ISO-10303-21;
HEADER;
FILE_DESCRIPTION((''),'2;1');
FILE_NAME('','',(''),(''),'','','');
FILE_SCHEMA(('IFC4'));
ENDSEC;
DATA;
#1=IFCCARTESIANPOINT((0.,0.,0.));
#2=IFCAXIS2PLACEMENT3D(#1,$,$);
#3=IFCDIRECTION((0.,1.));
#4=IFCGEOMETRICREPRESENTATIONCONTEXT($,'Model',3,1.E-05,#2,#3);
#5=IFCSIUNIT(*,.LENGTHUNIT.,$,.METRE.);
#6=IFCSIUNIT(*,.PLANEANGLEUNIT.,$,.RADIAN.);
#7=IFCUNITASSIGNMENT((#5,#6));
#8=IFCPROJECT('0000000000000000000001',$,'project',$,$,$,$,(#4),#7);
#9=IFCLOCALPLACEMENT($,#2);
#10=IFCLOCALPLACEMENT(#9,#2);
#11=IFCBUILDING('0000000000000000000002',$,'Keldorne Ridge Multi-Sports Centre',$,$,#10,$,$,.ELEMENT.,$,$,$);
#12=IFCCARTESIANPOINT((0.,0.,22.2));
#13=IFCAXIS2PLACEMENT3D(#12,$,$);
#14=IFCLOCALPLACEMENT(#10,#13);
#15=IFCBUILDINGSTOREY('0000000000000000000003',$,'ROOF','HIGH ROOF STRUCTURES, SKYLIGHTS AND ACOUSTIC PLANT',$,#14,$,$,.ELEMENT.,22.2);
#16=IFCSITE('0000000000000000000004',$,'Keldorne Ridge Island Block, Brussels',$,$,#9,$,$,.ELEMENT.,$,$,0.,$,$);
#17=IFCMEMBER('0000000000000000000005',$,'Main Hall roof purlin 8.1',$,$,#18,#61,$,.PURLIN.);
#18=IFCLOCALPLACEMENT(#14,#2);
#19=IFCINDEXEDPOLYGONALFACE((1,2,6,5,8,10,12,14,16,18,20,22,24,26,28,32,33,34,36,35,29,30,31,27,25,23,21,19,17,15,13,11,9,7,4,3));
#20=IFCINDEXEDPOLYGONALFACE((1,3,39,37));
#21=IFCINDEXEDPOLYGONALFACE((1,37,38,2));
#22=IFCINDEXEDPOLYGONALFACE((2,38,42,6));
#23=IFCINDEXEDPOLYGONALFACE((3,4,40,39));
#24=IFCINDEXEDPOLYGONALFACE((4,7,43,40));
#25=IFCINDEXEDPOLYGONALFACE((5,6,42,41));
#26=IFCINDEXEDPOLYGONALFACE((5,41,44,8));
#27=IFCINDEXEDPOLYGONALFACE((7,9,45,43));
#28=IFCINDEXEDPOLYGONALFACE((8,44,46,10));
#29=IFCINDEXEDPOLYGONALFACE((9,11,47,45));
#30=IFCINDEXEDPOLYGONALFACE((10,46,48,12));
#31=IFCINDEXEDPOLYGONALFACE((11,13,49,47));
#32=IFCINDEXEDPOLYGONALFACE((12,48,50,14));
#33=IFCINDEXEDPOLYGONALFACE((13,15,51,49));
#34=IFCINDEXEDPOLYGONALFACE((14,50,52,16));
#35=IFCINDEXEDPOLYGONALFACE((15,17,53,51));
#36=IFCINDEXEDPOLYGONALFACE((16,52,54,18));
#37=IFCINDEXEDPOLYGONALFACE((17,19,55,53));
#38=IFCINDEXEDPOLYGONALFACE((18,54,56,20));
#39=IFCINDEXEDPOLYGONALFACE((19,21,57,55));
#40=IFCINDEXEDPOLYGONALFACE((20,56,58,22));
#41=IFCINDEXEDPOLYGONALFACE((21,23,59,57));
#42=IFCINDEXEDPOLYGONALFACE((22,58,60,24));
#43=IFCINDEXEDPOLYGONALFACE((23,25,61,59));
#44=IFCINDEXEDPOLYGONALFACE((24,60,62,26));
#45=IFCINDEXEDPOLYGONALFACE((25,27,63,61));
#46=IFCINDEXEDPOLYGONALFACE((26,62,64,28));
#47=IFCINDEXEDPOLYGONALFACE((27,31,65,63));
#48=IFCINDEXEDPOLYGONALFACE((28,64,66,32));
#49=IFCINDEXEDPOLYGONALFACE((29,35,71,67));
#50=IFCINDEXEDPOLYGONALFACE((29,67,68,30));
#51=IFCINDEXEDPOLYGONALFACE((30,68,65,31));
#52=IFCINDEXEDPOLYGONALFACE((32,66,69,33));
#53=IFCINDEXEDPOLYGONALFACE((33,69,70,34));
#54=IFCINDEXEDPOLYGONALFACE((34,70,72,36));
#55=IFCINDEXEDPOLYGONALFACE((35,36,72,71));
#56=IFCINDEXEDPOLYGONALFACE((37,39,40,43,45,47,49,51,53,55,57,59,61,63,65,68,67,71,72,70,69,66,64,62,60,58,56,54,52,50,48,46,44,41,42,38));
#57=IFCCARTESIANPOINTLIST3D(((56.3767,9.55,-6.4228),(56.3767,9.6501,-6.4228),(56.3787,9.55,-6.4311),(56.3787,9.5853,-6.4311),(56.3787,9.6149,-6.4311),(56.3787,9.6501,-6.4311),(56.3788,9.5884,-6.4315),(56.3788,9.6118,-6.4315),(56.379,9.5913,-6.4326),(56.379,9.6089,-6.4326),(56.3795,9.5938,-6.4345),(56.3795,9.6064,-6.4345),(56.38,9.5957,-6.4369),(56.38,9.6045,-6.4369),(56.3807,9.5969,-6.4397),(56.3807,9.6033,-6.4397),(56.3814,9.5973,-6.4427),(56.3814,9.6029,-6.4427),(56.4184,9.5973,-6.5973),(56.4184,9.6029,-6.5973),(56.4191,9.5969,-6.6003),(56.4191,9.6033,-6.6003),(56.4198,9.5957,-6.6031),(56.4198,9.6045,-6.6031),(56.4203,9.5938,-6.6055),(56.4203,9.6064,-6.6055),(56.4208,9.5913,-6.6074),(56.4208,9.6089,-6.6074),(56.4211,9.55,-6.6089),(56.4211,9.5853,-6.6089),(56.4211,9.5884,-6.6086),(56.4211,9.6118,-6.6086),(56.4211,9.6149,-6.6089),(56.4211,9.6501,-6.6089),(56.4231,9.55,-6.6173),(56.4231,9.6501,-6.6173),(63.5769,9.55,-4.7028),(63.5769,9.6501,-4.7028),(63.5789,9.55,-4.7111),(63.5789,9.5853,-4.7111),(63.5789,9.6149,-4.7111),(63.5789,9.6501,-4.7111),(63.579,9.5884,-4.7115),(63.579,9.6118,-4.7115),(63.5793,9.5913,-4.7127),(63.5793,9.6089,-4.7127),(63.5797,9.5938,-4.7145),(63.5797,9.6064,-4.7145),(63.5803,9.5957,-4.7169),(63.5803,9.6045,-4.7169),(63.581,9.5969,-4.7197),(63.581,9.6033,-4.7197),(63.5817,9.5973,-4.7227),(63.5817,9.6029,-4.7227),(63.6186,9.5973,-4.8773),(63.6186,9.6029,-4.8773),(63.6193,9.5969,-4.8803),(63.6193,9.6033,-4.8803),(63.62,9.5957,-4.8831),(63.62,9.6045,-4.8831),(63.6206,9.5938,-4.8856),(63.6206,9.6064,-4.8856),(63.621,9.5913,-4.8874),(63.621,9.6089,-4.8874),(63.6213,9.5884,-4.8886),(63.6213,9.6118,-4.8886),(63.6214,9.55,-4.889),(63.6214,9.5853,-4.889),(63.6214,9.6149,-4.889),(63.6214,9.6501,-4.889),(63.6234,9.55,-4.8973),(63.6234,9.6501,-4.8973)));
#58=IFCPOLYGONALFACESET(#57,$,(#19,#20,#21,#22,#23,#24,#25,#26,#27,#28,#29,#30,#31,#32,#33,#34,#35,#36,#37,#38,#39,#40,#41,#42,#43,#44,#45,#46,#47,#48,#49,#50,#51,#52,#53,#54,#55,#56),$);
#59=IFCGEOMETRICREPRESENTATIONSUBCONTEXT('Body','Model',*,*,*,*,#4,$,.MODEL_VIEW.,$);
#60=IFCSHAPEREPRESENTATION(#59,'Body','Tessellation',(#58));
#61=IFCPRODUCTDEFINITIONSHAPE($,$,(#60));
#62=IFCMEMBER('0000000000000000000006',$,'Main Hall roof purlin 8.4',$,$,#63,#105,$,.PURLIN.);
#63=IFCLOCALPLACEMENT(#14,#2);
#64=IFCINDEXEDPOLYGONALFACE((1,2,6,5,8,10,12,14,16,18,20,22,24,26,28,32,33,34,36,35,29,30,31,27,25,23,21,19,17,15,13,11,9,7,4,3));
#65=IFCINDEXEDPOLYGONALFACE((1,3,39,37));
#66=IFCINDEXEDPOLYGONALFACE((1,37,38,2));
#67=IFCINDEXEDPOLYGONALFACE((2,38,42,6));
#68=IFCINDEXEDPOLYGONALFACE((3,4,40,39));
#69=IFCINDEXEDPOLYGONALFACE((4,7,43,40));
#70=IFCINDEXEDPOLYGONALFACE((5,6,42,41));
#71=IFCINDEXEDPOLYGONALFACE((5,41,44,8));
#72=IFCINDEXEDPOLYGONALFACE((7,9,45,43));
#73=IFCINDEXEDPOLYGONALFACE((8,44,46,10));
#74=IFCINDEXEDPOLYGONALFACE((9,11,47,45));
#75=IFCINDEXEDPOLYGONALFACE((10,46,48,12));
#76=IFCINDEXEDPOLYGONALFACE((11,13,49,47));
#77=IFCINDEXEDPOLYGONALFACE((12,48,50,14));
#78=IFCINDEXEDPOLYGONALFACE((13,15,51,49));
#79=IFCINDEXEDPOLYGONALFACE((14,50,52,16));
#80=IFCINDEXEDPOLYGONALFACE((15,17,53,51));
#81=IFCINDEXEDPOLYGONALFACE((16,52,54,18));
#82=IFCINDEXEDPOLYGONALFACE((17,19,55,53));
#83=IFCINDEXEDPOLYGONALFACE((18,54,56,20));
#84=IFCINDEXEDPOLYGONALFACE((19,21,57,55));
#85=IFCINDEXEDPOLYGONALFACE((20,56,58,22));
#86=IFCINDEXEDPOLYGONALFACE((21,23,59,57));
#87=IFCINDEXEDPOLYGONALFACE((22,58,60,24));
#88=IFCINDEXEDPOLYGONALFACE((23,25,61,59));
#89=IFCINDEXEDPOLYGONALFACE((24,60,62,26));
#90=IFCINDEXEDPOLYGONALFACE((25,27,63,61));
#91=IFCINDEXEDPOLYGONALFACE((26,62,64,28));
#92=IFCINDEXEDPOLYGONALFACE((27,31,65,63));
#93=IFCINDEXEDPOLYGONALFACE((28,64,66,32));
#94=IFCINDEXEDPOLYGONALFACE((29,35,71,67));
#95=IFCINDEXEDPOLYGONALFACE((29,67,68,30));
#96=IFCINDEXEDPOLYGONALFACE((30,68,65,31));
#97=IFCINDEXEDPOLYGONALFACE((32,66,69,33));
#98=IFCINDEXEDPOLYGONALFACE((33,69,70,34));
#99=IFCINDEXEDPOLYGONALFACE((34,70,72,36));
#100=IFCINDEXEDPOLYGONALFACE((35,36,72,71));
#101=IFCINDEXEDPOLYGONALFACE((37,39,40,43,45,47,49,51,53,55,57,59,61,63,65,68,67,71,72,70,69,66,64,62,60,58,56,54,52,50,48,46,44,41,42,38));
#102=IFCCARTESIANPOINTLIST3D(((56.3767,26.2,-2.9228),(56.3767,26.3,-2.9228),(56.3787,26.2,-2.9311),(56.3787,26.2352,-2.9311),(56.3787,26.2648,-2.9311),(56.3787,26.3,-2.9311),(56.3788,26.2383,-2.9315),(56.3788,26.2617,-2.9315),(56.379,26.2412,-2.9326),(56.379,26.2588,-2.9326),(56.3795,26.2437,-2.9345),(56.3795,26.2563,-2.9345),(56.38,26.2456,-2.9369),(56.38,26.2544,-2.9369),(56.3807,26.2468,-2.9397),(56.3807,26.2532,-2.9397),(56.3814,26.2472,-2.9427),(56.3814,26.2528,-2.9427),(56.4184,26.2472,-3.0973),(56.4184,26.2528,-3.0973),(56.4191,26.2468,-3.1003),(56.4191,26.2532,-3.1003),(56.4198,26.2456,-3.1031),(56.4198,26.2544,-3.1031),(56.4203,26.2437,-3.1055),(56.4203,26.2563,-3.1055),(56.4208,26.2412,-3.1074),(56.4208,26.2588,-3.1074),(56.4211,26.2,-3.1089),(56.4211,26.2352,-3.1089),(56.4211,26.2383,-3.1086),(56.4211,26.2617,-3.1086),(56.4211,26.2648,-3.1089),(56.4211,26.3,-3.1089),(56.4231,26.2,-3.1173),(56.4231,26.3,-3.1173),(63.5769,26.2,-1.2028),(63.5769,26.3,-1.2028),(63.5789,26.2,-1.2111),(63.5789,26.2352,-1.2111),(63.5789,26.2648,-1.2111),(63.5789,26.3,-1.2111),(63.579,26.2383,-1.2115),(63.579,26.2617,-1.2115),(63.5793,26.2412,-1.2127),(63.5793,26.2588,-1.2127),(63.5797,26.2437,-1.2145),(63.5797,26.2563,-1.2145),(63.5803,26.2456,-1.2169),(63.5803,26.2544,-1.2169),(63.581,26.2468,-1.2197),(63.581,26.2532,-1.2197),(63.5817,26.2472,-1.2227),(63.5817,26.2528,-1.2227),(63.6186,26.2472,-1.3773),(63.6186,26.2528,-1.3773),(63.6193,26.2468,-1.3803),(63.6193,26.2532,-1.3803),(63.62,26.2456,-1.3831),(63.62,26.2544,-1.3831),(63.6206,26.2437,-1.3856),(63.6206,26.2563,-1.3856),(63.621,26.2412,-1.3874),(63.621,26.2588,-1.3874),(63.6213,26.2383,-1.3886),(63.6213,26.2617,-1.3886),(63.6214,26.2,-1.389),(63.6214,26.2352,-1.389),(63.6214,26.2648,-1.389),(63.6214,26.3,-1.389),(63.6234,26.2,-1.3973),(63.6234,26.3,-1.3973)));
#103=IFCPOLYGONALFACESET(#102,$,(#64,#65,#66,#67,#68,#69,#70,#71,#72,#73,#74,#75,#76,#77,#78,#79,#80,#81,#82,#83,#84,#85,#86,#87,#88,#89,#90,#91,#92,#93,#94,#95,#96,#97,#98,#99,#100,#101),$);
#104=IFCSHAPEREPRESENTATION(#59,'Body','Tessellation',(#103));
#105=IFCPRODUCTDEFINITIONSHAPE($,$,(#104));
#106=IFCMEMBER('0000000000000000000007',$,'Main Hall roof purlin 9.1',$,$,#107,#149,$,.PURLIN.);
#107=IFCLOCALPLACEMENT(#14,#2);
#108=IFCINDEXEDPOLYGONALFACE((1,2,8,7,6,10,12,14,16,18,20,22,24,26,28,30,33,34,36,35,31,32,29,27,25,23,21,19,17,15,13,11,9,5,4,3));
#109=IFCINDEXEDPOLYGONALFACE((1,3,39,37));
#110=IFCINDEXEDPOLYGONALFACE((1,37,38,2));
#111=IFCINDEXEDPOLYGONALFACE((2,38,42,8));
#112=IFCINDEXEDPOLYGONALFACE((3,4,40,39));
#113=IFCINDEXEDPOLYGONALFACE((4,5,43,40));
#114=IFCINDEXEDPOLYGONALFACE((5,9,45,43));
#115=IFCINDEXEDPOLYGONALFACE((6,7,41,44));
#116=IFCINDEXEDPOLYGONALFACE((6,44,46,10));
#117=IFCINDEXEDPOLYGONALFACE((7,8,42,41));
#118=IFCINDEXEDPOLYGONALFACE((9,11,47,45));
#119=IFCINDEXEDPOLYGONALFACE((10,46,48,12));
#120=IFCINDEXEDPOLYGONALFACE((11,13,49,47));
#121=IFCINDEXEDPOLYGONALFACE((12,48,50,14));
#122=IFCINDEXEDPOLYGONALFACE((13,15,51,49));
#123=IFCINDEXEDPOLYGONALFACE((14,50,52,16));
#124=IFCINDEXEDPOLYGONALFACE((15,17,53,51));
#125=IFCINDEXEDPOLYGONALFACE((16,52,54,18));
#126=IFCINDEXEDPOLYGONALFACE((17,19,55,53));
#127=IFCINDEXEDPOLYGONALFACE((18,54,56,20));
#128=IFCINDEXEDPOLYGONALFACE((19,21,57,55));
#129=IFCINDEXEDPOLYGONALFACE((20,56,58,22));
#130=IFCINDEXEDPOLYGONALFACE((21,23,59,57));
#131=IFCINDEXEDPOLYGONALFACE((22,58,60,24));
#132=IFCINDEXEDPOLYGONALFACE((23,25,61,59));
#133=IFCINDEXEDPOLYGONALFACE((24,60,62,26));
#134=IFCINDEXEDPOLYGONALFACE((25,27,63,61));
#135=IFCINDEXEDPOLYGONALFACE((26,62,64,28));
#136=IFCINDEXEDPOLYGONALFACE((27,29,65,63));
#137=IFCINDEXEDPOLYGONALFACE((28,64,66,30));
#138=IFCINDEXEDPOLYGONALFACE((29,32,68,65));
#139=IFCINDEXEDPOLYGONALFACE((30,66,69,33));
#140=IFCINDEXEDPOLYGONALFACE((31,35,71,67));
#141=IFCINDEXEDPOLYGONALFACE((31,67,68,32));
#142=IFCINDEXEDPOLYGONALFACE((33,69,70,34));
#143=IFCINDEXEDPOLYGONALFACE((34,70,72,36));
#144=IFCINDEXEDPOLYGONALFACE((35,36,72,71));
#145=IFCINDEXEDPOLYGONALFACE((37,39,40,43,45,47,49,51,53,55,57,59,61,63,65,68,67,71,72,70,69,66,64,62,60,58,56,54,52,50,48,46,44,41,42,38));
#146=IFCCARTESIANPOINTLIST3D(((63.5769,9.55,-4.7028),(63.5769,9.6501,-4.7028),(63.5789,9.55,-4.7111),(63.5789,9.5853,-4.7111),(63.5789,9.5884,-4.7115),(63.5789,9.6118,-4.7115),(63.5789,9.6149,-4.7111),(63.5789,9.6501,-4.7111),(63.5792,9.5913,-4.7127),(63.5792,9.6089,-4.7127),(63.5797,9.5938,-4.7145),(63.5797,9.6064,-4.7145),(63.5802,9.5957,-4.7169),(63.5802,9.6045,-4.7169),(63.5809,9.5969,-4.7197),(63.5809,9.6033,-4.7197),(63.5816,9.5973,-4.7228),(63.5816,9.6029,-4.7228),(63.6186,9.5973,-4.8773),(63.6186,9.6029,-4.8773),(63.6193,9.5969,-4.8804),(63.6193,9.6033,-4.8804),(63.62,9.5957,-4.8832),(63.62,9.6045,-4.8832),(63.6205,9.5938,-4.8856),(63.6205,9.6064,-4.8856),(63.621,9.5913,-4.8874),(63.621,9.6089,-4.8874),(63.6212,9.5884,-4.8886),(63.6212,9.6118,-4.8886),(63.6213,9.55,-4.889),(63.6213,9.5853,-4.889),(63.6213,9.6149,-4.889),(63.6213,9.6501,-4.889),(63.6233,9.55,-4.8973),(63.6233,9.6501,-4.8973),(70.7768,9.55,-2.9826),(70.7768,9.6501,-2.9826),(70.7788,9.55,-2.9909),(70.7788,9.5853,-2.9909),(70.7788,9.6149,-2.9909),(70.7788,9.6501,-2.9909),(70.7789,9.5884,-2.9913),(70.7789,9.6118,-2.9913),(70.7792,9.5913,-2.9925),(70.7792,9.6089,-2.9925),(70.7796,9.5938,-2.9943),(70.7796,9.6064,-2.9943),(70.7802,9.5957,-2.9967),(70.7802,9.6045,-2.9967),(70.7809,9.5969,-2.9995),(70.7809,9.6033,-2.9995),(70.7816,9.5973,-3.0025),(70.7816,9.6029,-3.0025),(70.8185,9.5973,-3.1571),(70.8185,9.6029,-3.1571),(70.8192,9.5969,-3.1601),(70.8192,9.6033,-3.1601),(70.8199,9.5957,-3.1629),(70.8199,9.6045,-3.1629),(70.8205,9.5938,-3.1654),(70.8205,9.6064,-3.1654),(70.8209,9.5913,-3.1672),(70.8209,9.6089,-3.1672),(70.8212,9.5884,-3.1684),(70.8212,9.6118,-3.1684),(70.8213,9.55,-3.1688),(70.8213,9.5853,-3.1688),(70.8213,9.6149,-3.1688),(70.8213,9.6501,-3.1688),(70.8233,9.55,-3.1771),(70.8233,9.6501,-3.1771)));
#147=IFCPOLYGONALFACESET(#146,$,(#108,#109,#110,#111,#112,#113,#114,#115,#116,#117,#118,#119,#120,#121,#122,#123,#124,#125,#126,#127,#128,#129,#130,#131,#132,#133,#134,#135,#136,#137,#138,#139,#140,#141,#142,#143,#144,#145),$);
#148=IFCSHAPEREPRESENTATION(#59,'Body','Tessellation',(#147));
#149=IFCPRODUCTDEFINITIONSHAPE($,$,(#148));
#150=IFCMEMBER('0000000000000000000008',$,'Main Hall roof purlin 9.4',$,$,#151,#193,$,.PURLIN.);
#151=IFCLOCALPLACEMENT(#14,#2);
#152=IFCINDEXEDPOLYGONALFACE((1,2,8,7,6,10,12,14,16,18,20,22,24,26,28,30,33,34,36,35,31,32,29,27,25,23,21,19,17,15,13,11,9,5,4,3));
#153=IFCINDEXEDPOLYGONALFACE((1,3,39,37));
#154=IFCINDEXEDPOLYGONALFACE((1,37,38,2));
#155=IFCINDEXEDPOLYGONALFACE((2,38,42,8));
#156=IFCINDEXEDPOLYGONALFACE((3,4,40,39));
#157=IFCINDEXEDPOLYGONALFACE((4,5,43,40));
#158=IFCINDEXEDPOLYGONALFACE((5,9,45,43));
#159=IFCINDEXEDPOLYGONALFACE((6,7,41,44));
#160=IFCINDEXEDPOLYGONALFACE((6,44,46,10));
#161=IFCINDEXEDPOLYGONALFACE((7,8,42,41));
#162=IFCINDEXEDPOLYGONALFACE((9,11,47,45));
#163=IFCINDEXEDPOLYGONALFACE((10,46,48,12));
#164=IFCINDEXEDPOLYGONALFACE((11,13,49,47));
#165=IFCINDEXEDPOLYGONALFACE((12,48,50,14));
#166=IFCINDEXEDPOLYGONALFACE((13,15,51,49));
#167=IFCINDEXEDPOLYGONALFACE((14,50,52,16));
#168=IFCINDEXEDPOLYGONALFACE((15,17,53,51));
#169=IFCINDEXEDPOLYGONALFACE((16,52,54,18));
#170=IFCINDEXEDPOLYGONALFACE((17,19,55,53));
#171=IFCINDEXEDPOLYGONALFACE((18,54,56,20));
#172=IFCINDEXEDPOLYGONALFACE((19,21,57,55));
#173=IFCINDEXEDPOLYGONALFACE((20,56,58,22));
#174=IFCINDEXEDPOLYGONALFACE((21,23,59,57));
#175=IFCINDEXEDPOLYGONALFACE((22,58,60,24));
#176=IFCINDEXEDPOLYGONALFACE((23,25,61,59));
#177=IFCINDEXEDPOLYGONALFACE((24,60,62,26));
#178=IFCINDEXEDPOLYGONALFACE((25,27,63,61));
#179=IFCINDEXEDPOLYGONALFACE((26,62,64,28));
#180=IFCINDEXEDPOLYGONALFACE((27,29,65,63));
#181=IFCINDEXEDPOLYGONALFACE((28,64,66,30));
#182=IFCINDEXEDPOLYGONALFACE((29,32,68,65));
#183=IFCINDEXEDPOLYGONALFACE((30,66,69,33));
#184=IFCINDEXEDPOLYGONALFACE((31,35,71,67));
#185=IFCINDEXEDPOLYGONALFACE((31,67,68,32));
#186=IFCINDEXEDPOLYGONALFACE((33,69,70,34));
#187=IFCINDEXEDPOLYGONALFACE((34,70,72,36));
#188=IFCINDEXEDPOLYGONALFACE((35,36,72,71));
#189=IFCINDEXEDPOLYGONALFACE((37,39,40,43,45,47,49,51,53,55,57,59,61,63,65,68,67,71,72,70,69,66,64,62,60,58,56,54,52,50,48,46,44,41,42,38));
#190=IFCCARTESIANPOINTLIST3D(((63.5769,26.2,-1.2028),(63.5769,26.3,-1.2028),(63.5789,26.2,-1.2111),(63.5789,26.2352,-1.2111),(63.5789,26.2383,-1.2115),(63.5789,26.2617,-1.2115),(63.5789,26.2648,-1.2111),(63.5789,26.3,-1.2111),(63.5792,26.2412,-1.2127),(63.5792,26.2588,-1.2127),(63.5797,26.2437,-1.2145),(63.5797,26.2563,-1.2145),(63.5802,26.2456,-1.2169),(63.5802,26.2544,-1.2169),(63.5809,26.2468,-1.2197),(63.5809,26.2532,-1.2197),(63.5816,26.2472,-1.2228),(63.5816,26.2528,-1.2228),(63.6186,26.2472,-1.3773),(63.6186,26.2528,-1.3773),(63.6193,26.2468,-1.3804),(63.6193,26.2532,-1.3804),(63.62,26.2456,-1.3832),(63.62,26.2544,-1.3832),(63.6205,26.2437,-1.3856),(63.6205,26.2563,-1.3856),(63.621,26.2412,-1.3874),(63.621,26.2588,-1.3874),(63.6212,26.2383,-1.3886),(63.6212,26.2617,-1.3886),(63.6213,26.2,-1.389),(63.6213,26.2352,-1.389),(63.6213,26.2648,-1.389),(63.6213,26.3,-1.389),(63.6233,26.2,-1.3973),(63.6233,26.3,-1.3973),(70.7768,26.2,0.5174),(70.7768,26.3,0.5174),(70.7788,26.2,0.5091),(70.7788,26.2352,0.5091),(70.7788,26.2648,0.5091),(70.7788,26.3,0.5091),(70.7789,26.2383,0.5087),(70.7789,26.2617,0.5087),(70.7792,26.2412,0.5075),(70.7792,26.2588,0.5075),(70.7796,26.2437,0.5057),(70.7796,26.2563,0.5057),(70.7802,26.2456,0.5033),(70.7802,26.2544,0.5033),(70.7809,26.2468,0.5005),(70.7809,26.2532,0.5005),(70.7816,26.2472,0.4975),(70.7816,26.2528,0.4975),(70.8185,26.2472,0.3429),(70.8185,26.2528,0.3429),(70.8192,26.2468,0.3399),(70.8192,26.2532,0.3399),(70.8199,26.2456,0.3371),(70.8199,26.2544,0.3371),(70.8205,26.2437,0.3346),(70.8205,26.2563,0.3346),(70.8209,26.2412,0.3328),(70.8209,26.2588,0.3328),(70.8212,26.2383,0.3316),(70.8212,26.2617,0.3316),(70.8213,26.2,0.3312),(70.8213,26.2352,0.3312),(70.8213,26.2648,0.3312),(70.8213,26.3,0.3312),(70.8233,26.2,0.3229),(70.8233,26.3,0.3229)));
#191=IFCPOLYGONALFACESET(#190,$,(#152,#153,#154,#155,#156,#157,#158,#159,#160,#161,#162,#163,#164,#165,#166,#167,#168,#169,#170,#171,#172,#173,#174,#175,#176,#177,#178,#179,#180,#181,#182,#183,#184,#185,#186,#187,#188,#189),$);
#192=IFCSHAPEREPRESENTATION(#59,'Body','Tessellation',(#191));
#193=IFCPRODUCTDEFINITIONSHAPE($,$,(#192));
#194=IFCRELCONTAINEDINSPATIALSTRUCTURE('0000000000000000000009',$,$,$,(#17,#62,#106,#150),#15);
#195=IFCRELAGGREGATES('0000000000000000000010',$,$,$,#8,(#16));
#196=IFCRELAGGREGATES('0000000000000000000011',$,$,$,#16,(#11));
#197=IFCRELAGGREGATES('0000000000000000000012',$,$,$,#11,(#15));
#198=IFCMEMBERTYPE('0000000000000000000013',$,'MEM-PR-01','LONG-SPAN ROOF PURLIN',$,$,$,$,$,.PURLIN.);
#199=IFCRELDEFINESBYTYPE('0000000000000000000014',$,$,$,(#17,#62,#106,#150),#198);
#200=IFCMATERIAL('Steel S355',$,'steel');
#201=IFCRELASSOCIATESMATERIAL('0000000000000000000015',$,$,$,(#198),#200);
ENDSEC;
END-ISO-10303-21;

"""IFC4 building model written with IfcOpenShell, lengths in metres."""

from ifc_helpers import new_model, si_unit, direction, frame, origin, origin_2d, place, context, subcontext, project, spatial, i_section, extrude, material, material_profile, profile_set, type_object, element, save


model = new_model("IFC4")

# Units and contexts
model_context = context("Model", 3, precision=1e-05, world=origin(), true_north=direction((0.0, 1.0)))
body_context = subcontext(model_context, "Body", "Model", "MODEL_VIEW")
ifc_project = project(units=[si_unit("LENGTHUNIT", "METRE"), si_unit("PLANEANGLEUNIT", "RADIAN")], contexts=[model_context])

# Site, building, storey
site_placement = place(None, origin())
site = spatial("IfcSite", under=ifc_project, at=site_placement, Name="Keldorne Ridge Island Block, Brussels", CompositionType="ELEMENT", RefElevation=0.0)
building_placement = place(site_placement, origin())
building = spatial("IfcBuilding", under=site, at=building_placement, Name="Keldorne Ridge Multi-Sports Centre", CompositionType="ELEMENT")
storey_placement = place(building_placement, frame((0.0, 0.0, 22.2)))
storey = spatial("IfcBuildingStorey", under=building, at=storey_placement, Name="ROOF", Description="HIGH ROOF STRUCTURES, SKYLIGHTS AND ACOUSTIC PLANT", CompositionType="ELEMENT", Elevation=22.2)

# Members
ifc_material = material(Name="Steel S355", Category="steel")
ifc_material_profile_1 = material_profile(ifc_material, i_section(OverallWidth=0.1001, OverallDepth=0.2, WebThickness=0.0056, FlangeThickness=0.0085, FilletRadius=0.012, at=origin_2d()), Name="IPE 200")
ifc_profile_set_1 = profile_set([ifc_material_profile_1], Name="Steel S355")
member_type_1 = type_object("IfcMemberType", Name="MEM-PR-01", Description="LONG-SPAN ROOF PURLIN", PredefinedType="PURLIN", material=ifc_profile_set_1)
for number, where, z_axis, x_axis, name in (
    (1, (56.3999, 9.6001, -6.52), (0.972634, 0.0, 0.232341), (0.0, 1.0, 0.0), "Main Hall roof purlin 8.1"),
    (2, (56.3999, 26.25, -3.02), (0.972634, 0.0, 0.232341), (0.0, 1.0, 0.0), "Main Hall roof purlin 8.4"),
):
    element("IfcMember", number, at=place(storey_placement, frame(where, z_axis=z_axis, x_axis=x_axis)), inside=storey, type_object=member_type_1, Name=name, PredefinedType="PURLIN", context=body_context, shape_type="SweptSolid", body=[
        extrude(i_section(OverallWidth=0.1001, OverallDepth=0.2, WebThickness=0.0056, FlangeThickness=0.0085, FilletRadius=0.012, at=origin_2d()), origin(), (0.0, 0.0, 1.0), 7.4028),
    ])
for number, where, z_axis, x_axis, name in (
    (3, (63.6001, 9.6001, -4.8), (0.972625, 0.0, 0.23238), (0.0, 1.0, 0.0), "Main Hall roof purlin 9.1"),
    (4, (63.6001, 26.25, -1.3), (0.972625, 0.0, 0.23238), (0.0, 1.0, 0.0), "Main Hall roof purlin 9.4"),
):
    element("IfcMember", number, at=place(storey_placement, frame(where, z_axis=z_axis, x_axis=x_axis)), inside=storey, type_object=member_type_1, Name=name, PredefinedType="PURLIN", context=body_context, shape_type="SweptSolid", body=[
        extrude(i_section(OverallWidth=0.1001, OverallDepth=0.2, WebThickness=0.0056, FlangeThickness=0.0085, FilletRadius=0.012, at=origin_2d()), origin(), (0.0, 0.0, 1.0), 7.4026),
    ])

save(model, "model.ifc")
